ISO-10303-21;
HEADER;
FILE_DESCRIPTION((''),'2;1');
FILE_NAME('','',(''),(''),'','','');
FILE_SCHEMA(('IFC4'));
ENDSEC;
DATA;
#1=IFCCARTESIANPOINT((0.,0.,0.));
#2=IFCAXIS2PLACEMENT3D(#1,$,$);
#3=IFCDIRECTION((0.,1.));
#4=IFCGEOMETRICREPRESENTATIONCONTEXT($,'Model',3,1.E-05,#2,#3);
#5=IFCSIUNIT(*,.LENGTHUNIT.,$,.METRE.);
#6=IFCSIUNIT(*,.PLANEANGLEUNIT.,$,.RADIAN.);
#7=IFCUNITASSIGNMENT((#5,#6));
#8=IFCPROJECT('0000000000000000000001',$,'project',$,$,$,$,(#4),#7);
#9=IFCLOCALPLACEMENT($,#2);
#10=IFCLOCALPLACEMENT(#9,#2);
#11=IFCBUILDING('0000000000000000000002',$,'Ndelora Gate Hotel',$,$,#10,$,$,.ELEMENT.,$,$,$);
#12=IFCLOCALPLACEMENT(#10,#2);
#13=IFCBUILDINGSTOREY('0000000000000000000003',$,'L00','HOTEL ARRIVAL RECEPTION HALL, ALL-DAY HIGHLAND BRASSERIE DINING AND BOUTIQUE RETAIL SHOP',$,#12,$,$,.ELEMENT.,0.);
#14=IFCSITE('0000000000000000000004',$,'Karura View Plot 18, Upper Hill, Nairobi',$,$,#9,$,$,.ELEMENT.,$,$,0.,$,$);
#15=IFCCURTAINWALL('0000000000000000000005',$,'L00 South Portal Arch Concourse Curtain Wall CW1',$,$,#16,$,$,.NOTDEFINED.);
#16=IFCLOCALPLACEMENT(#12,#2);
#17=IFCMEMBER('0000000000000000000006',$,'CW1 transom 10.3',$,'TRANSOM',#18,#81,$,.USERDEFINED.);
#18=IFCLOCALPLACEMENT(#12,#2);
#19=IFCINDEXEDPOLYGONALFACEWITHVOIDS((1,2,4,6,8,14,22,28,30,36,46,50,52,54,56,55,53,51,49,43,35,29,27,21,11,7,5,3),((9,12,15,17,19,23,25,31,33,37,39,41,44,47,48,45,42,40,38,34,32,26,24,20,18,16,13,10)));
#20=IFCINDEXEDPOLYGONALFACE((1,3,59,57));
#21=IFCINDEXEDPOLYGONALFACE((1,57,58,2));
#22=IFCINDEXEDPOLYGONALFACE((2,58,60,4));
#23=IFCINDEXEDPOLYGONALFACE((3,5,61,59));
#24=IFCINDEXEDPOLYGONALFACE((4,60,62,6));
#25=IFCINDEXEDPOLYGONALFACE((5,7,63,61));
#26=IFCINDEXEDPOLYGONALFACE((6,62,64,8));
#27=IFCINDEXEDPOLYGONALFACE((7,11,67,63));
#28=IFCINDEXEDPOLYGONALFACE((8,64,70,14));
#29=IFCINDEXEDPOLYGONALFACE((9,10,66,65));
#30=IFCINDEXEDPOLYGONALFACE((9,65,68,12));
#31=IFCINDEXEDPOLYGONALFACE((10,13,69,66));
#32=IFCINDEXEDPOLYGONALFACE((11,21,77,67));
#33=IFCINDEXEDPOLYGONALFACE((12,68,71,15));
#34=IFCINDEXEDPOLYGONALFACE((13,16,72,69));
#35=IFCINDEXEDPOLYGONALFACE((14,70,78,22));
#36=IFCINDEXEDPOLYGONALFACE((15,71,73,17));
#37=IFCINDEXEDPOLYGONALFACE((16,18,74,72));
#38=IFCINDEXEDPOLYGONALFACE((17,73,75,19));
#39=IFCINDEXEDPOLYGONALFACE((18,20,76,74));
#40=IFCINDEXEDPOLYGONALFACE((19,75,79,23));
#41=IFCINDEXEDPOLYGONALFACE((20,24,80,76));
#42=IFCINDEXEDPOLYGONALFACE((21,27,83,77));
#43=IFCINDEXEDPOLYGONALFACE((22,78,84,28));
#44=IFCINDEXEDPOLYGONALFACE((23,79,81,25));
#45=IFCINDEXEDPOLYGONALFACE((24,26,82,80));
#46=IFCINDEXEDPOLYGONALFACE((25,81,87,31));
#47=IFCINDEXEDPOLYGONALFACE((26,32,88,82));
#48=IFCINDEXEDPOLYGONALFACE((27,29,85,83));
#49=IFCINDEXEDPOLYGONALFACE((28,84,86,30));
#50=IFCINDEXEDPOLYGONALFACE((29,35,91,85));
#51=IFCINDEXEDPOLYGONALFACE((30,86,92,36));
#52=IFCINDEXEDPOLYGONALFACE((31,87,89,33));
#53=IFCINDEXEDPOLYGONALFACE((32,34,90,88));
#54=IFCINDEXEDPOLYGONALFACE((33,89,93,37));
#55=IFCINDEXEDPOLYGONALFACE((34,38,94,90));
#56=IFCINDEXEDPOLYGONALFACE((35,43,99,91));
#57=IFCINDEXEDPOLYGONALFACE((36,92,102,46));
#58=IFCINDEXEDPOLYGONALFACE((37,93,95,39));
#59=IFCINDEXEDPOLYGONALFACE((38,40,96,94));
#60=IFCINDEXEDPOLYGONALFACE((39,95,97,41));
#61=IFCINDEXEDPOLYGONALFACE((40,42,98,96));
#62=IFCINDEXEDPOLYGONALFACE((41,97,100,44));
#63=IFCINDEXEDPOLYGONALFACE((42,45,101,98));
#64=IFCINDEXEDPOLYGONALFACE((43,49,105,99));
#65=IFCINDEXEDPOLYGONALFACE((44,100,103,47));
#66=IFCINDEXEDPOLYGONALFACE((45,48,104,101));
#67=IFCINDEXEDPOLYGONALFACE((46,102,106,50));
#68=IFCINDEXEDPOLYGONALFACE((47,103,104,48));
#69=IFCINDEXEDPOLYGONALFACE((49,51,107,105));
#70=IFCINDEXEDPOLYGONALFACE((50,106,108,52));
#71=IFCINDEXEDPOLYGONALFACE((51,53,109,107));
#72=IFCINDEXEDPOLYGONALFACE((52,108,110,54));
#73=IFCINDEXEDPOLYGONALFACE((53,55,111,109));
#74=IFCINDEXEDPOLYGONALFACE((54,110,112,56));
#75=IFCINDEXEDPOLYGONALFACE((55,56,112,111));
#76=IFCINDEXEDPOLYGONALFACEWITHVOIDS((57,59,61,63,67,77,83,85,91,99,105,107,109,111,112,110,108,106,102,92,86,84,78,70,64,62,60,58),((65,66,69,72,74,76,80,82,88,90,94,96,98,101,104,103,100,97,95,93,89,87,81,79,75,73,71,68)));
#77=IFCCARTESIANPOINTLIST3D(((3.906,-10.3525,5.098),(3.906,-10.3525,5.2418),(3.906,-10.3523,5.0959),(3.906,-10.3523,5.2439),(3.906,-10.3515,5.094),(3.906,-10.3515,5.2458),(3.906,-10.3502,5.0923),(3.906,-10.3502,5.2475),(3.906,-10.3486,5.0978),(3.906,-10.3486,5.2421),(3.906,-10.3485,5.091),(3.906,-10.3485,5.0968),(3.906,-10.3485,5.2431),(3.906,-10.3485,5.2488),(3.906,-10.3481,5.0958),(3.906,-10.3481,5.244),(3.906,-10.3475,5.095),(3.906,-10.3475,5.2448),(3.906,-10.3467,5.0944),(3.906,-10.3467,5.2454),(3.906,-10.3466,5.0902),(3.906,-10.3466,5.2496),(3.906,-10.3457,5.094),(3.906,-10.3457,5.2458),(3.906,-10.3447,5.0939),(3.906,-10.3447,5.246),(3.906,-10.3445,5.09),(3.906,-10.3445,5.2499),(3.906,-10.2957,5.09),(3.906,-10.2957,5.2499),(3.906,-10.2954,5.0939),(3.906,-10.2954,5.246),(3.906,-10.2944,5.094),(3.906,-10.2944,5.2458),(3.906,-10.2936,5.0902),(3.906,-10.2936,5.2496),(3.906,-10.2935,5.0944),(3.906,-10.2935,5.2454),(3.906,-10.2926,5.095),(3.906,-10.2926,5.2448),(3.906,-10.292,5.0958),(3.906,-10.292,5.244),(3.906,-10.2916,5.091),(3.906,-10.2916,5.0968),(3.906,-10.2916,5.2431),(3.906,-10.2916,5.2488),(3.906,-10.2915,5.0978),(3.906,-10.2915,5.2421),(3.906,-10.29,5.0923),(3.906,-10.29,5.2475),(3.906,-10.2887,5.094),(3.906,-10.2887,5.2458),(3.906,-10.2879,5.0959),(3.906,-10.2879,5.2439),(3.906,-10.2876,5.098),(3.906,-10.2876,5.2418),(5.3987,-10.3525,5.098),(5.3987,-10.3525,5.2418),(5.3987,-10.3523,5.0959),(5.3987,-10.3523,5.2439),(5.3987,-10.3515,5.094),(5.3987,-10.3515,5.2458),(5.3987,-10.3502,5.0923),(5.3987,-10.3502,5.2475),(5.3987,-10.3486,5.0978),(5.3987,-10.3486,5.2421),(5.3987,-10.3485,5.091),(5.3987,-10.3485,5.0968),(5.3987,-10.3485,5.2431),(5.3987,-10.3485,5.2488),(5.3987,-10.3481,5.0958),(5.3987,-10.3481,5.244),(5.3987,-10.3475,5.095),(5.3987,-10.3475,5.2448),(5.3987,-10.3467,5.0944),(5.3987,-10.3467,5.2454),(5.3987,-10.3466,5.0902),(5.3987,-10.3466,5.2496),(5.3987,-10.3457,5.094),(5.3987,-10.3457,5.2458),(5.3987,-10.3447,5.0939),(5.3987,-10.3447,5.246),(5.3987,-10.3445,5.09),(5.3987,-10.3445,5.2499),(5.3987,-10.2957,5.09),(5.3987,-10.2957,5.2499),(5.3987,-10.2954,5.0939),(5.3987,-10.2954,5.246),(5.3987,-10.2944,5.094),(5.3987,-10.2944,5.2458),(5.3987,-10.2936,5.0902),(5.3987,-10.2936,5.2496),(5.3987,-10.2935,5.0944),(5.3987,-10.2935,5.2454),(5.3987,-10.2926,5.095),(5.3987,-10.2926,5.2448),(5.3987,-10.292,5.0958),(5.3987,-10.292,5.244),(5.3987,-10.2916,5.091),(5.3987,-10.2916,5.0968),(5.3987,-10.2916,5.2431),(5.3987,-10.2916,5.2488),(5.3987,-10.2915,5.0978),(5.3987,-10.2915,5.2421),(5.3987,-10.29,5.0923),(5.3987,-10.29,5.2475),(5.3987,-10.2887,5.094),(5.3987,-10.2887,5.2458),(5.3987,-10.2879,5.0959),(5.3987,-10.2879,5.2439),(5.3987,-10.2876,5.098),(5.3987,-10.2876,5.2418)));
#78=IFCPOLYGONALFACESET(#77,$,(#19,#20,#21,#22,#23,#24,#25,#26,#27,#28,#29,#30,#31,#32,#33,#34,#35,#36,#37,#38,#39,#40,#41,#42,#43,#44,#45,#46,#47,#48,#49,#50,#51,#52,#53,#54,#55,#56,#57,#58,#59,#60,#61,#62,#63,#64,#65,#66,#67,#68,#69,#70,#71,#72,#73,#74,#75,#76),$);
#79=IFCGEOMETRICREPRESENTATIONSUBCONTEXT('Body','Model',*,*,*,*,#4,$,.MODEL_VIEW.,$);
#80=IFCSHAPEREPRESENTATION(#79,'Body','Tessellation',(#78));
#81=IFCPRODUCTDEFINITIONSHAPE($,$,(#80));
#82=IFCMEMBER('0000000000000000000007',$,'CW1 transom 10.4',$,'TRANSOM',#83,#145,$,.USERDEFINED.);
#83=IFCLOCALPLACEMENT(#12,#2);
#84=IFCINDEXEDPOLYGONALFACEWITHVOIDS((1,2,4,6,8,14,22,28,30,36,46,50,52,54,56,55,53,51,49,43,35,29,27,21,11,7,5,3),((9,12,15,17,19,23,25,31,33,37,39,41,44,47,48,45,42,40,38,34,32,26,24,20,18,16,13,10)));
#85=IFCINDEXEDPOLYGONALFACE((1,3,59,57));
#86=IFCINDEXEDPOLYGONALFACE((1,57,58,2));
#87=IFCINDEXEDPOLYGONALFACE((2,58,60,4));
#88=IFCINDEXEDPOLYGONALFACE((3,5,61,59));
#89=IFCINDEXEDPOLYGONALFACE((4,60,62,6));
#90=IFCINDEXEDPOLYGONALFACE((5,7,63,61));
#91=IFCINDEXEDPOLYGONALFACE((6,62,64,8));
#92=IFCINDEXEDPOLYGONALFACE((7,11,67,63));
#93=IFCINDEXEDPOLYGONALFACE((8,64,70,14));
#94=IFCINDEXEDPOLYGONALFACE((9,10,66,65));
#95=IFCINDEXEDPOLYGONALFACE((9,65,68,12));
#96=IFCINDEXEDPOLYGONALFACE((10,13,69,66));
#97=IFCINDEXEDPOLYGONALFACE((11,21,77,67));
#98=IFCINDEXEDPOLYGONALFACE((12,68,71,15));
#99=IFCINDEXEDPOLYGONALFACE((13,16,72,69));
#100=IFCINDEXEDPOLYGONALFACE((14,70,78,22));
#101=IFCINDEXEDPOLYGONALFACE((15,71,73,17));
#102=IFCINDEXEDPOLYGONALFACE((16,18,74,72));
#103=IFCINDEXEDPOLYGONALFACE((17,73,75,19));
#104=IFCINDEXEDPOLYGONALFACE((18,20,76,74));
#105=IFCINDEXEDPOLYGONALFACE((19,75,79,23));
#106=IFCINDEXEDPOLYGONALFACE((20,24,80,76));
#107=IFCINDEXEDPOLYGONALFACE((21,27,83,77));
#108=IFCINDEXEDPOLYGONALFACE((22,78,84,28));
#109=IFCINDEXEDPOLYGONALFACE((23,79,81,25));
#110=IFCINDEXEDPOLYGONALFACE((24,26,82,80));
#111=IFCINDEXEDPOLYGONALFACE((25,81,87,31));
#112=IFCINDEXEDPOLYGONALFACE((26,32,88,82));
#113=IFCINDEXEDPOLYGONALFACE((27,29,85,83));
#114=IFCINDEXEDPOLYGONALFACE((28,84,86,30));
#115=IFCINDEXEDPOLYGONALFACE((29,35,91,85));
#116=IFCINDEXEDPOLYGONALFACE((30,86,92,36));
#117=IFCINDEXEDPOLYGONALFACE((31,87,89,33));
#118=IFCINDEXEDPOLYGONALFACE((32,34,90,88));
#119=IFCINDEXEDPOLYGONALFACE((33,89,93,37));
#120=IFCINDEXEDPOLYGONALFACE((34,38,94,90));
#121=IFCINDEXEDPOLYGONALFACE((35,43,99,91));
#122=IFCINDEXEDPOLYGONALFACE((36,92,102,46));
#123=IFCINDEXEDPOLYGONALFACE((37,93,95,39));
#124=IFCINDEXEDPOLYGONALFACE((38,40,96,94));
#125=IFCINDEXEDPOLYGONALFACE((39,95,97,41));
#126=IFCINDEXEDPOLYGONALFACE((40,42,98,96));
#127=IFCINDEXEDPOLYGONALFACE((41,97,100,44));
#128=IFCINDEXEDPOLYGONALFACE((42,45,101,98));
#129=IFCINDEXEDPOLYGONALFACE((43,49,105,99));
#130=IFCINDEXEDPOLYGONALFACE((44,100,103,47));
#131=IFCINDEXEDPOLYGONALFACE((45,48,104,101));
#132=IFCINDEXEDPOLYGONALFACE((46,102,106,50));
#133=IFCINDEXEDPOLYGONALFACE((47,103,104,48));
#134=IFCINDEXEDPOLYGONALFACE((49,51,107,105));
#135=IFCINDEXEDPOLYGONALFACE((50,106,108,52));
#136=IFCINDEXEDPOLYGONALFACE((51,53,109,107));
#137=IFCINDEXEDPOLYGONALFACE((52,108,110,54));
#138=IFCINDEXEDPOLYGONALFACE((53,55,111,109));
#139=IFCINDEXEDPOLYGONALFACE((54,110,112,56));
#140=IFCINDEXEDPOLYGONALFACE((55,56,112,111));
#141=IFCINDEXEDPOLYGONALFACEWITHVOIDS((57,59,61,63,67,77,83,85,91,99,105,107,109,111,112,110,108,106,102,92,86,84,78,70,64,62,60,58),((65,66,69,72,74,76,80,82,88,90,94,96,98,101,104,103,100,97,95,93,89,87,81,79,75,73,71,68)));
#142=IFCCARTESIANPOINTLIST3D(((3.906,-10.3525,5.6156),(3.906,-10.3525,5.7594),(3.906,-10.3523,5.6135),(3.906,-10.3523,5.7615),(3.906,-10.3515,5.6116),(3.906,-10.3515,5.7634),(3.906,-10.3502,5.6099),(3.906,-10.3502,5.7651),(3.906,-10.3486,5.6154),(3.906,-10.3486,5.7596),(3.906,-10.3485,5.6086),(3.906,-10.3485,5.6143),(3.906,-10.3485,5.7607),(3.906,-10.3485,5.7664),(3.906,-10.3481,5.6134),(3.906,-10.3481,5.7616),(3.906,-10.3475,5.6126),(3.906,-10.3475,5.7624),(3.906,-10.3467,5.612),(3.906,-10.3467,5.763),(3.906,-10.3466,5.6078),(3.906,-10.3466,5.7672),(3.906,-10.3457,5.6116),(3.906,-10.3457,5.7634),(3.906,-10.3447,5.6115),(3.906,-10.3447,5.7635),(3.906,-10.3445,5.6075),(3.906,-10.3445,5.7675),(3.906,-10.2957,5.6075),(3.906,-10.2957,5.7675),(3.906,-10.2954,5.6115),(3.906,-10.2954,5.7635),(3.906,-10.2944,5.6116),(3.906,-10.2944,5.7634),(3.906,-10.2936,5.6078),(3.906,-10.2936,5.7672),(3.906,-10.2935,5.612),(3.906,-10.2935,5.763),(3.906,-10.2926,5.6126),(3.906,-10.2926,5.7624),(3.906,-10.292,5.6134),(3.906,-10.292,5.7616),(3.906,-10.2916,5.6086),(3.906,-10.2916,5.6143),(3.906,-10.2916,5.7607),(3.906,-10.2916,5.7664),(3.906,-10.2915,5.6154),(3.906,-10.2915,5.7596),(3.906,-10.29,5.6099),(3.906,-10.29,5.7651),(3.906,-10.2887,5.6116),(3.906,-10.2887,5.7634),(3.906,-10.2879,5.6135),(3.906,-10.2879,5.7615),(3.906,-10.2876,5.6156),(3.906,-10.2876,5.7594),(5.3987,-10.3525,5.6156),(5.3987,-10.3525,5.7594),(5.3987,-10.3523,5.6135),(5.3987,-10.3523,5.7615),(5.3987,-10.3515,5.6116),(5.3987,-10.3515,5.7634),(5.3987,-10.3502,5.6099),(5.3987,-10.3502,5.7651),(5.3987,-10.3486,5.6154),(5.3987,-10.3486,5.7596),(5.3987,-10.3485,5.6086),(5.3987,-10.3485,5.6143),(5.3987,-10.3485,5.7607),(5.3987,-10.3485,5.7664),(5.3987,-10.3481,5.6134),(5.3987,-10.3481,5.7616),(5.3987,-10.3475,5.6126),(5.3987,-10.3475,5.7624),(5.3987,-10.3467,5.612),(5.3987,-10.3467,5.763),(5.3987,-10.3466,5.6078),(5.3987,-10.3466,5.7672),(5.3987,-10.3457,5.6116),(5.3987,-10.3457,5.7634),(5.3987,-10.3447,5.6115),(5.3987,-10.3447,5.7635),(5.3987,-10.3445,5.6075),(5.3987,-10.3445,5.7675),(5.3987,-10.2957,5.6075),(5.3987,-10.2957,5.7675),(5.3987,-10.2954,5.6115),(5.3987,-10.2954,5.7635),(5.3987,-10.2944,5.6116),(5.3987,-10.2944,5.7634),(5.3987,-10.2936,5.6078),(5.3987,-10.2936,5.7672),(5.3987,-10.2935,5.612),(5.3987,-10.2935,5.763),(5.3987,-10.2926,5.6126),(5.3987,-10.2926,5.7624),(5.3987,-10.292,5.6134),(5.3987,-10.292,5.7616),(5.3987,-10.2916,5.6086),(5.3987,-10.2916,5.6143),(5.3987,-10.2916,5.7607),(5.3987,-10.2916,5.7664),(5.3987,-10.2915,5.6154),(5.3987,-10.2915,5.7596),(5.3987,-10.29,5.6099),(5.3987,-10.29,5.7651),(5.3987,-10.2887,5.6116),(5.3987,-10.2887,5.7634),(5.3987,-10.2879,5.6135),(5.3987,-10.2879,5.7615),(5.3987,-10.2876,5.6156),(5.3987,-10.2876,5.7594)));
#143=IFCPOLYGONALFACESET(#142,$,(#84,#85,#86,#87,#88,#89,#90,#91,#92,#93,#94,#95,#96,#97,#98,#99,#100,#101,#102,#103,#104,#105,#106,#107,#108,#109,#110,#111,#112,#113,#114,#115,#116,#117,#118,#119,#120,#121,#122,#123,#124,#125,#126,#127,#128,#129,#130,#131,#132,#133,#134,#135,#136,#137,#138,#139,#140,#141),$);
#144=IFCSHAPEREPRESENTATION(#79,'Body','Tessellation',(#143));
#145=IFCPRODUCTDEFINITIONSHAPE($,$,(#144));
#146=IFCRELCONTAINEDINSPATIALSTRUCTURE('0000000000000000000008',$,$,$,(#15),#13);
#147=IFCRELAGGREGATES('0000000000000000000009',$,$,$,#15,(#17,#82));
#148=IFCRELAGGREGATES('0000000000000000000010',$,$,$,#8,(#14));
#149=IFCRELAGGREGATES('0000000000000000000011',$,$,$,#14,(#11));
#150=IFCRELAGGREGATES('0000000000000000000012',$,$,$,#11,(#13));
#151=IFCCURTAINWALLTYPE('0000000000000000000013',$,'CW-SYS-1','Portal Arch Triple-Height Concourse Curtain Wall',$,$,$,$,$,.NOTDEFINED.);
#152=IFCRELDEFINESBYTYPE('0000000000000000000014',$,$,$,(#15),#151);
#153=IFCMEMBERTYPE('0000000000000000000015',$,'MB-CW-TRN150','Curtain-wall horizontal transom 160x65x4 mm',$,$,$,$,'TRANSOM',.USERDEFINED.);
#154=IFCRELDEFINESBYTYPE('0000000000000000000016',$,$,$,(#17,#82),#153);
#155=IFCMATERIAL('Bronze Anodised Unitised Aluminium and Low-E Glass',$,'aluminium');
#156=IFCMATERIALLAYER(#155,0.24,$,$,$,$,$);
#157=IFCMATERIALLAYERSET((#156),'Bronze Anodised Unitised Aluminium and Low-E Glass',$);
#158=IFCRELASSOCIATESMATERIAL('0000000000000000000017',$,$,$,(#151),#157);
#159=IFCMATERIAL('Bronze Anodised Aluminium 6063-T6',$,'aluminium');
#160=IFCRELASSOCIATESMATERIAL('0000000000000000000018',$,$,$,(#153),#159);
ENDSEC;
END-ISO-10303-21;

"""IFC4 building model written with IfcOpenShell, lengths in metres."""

from ifc_helpers import new_model, si_unit, direction, frame, origin, origin_2d, place, context, subcontext, project, spatial, hollow_rectangle, extrude, material, layer, layer_set, material_profile, profile_set, type_object, element, aggregate, save


model = new_model("IFC4")

# Units and contexts
model_context = context("Model", 3, precision=1e-05, world=origin(), true_north=direction((0.0, 1.0)))
body_context = subcontext(model_context, "Body", "Model", "MODEL_VIEW")
ifc_project = project(units=[si_unit("LENGTHUNIT", "METRE"), si_unit("PLANEANGLEUNIT", "RADIAN")], contexts=[model_context])

# Site, building, storey
site_placement = place(None, origin())
site = spatial("IfcSite", under=ifc_project, at=site_placement, Name="Karura View Plot 18, Upper Hill, Nairobi", CompositionType="ELEMENT", RefElevation=0.0)
building_placement = place(site_placement, origin())
building = spatial("IfcBuilding", under=site, at=building_placement, Name="Ndelora Gate Hotel", CompositionType="ELEMENT")
storey_placement = place(building_placement, origin())
storey = spatial("IfcBuildingStorey", under=building, at=storey_placement, Name="L00", Description="HOTEL ARRIVAL RECEPTION HALL, ALL-DAY HIGHLAND BRASSERIE DINING AND BOUTIQUE RETAIL SHOP", CompositionType="ELEMENT", Elevation=0.0)

# Curtain wall, members
ifc_material_1 = material(Name="Bronze Anodised Unitised Aluminium and Low-E Glass", Category="aluminium")
ifc_layer_1 = layer(ifc_material_1, 0.24)
ifc_layer_set_1 = layer_set([ifc_layer_1], Name="Bronze Anodised Unitised Aluminium and Low-E Glass")
curtain_wall_type = type_object("IfcCurtainWallType", Name="CW-SYS-1", Description="Portal Arch Triple-Height Concourse Curtain Wall", PredefinedType="NOTDEFINED", material=ifc_layer_set_1)
curtain_wall_placement = place(storey_placement, origin())
curtain_wall = element("IfcCurtainWall", 1, at=curtain_wall_placement, inside=storey, type_object=curtain_wall_type, Name="L00 South Portal Arch Concourse Curtain Wall CW1", PredefinedType="NOTDEFINED")
ifc_material_2 = material(Name="Bronze Anodised Aluminium 6063-T6", Category="aluminium")
ifc_material_profile_1 = material_profile(ifc_material_2, hollow_rectangle(XDim=0.0649, YDim=0.1599, WallThickness=0.0039, InnerFilletRadius=0.0039, OuterFilletRadius=0.0081, at=origin_2d()), Name="ALU 160x65x4")
ifc_profile_set_1 = profile_set([ifc_material_profile_1], Name="Bronze Anodised Aluminium 6063-T6")
member_type_1 = type_object("IfcMemberType", Name="MB-CW-TRN150", Description="Curtain-wall horizontal transom 160x65x4 mm", ElementType="TRANSOM", PredefinedType="USERDEFINED", material=ifc_profile_set_1)
member_1_placement = place(storey_placement, frame((3.906, -10.3201, 5.1699), z_axis=(1.0, 0.0, 0.0), x_axis=(0.0, 1.0, 0.0)))
member_1 = element("IfcMember", 2, at=member_1_placement, type_object=member_type_1, Name="CW1 transom 10.3", ObjectType="TRANSOM", PredefinedType="USERDEFINED", context=body_context, shape_type="SweptSolid", body=[
    extrude(hollow_rectangle(XDim=0.0649, YDim=0.1599, WallThickness=0.0039, InnerFilletRadius=0.0039, OuterFilletRadius=0.0081, at=origin_2d()), origin(), (0.0, 0.0, 1.0), 1.4927),
])
member_2_placement = place(storey_placement, frame((3.906, -10.3201, 5.6875), z_axis=(1.0, 0.0, 0.0), x_axis=(0.0, 1.0, 0.0)))
member_2 = element("IfcMember", 3, at=member_2_placement, type_object=member_type_1, Name="CW1 transom 10.4", ObjectType="TRANSOM", PredefinedType="USERDEFINED", context=body_context, shape_type="SweptSolid", body=[
    extrude(hollow_rectangle(XDim=0.0649, YDim=0.1599, WallThickness=0.0039, InnerFilletRadius=0.0039, OuterFilletRadius=0.0081, at=origin_2d()), origin(), (0.0, 0.0, 1.0), 1.4927),
])
aggregate(curtain_wall, [member_1, member_2])

save(model, "model.ifc")
